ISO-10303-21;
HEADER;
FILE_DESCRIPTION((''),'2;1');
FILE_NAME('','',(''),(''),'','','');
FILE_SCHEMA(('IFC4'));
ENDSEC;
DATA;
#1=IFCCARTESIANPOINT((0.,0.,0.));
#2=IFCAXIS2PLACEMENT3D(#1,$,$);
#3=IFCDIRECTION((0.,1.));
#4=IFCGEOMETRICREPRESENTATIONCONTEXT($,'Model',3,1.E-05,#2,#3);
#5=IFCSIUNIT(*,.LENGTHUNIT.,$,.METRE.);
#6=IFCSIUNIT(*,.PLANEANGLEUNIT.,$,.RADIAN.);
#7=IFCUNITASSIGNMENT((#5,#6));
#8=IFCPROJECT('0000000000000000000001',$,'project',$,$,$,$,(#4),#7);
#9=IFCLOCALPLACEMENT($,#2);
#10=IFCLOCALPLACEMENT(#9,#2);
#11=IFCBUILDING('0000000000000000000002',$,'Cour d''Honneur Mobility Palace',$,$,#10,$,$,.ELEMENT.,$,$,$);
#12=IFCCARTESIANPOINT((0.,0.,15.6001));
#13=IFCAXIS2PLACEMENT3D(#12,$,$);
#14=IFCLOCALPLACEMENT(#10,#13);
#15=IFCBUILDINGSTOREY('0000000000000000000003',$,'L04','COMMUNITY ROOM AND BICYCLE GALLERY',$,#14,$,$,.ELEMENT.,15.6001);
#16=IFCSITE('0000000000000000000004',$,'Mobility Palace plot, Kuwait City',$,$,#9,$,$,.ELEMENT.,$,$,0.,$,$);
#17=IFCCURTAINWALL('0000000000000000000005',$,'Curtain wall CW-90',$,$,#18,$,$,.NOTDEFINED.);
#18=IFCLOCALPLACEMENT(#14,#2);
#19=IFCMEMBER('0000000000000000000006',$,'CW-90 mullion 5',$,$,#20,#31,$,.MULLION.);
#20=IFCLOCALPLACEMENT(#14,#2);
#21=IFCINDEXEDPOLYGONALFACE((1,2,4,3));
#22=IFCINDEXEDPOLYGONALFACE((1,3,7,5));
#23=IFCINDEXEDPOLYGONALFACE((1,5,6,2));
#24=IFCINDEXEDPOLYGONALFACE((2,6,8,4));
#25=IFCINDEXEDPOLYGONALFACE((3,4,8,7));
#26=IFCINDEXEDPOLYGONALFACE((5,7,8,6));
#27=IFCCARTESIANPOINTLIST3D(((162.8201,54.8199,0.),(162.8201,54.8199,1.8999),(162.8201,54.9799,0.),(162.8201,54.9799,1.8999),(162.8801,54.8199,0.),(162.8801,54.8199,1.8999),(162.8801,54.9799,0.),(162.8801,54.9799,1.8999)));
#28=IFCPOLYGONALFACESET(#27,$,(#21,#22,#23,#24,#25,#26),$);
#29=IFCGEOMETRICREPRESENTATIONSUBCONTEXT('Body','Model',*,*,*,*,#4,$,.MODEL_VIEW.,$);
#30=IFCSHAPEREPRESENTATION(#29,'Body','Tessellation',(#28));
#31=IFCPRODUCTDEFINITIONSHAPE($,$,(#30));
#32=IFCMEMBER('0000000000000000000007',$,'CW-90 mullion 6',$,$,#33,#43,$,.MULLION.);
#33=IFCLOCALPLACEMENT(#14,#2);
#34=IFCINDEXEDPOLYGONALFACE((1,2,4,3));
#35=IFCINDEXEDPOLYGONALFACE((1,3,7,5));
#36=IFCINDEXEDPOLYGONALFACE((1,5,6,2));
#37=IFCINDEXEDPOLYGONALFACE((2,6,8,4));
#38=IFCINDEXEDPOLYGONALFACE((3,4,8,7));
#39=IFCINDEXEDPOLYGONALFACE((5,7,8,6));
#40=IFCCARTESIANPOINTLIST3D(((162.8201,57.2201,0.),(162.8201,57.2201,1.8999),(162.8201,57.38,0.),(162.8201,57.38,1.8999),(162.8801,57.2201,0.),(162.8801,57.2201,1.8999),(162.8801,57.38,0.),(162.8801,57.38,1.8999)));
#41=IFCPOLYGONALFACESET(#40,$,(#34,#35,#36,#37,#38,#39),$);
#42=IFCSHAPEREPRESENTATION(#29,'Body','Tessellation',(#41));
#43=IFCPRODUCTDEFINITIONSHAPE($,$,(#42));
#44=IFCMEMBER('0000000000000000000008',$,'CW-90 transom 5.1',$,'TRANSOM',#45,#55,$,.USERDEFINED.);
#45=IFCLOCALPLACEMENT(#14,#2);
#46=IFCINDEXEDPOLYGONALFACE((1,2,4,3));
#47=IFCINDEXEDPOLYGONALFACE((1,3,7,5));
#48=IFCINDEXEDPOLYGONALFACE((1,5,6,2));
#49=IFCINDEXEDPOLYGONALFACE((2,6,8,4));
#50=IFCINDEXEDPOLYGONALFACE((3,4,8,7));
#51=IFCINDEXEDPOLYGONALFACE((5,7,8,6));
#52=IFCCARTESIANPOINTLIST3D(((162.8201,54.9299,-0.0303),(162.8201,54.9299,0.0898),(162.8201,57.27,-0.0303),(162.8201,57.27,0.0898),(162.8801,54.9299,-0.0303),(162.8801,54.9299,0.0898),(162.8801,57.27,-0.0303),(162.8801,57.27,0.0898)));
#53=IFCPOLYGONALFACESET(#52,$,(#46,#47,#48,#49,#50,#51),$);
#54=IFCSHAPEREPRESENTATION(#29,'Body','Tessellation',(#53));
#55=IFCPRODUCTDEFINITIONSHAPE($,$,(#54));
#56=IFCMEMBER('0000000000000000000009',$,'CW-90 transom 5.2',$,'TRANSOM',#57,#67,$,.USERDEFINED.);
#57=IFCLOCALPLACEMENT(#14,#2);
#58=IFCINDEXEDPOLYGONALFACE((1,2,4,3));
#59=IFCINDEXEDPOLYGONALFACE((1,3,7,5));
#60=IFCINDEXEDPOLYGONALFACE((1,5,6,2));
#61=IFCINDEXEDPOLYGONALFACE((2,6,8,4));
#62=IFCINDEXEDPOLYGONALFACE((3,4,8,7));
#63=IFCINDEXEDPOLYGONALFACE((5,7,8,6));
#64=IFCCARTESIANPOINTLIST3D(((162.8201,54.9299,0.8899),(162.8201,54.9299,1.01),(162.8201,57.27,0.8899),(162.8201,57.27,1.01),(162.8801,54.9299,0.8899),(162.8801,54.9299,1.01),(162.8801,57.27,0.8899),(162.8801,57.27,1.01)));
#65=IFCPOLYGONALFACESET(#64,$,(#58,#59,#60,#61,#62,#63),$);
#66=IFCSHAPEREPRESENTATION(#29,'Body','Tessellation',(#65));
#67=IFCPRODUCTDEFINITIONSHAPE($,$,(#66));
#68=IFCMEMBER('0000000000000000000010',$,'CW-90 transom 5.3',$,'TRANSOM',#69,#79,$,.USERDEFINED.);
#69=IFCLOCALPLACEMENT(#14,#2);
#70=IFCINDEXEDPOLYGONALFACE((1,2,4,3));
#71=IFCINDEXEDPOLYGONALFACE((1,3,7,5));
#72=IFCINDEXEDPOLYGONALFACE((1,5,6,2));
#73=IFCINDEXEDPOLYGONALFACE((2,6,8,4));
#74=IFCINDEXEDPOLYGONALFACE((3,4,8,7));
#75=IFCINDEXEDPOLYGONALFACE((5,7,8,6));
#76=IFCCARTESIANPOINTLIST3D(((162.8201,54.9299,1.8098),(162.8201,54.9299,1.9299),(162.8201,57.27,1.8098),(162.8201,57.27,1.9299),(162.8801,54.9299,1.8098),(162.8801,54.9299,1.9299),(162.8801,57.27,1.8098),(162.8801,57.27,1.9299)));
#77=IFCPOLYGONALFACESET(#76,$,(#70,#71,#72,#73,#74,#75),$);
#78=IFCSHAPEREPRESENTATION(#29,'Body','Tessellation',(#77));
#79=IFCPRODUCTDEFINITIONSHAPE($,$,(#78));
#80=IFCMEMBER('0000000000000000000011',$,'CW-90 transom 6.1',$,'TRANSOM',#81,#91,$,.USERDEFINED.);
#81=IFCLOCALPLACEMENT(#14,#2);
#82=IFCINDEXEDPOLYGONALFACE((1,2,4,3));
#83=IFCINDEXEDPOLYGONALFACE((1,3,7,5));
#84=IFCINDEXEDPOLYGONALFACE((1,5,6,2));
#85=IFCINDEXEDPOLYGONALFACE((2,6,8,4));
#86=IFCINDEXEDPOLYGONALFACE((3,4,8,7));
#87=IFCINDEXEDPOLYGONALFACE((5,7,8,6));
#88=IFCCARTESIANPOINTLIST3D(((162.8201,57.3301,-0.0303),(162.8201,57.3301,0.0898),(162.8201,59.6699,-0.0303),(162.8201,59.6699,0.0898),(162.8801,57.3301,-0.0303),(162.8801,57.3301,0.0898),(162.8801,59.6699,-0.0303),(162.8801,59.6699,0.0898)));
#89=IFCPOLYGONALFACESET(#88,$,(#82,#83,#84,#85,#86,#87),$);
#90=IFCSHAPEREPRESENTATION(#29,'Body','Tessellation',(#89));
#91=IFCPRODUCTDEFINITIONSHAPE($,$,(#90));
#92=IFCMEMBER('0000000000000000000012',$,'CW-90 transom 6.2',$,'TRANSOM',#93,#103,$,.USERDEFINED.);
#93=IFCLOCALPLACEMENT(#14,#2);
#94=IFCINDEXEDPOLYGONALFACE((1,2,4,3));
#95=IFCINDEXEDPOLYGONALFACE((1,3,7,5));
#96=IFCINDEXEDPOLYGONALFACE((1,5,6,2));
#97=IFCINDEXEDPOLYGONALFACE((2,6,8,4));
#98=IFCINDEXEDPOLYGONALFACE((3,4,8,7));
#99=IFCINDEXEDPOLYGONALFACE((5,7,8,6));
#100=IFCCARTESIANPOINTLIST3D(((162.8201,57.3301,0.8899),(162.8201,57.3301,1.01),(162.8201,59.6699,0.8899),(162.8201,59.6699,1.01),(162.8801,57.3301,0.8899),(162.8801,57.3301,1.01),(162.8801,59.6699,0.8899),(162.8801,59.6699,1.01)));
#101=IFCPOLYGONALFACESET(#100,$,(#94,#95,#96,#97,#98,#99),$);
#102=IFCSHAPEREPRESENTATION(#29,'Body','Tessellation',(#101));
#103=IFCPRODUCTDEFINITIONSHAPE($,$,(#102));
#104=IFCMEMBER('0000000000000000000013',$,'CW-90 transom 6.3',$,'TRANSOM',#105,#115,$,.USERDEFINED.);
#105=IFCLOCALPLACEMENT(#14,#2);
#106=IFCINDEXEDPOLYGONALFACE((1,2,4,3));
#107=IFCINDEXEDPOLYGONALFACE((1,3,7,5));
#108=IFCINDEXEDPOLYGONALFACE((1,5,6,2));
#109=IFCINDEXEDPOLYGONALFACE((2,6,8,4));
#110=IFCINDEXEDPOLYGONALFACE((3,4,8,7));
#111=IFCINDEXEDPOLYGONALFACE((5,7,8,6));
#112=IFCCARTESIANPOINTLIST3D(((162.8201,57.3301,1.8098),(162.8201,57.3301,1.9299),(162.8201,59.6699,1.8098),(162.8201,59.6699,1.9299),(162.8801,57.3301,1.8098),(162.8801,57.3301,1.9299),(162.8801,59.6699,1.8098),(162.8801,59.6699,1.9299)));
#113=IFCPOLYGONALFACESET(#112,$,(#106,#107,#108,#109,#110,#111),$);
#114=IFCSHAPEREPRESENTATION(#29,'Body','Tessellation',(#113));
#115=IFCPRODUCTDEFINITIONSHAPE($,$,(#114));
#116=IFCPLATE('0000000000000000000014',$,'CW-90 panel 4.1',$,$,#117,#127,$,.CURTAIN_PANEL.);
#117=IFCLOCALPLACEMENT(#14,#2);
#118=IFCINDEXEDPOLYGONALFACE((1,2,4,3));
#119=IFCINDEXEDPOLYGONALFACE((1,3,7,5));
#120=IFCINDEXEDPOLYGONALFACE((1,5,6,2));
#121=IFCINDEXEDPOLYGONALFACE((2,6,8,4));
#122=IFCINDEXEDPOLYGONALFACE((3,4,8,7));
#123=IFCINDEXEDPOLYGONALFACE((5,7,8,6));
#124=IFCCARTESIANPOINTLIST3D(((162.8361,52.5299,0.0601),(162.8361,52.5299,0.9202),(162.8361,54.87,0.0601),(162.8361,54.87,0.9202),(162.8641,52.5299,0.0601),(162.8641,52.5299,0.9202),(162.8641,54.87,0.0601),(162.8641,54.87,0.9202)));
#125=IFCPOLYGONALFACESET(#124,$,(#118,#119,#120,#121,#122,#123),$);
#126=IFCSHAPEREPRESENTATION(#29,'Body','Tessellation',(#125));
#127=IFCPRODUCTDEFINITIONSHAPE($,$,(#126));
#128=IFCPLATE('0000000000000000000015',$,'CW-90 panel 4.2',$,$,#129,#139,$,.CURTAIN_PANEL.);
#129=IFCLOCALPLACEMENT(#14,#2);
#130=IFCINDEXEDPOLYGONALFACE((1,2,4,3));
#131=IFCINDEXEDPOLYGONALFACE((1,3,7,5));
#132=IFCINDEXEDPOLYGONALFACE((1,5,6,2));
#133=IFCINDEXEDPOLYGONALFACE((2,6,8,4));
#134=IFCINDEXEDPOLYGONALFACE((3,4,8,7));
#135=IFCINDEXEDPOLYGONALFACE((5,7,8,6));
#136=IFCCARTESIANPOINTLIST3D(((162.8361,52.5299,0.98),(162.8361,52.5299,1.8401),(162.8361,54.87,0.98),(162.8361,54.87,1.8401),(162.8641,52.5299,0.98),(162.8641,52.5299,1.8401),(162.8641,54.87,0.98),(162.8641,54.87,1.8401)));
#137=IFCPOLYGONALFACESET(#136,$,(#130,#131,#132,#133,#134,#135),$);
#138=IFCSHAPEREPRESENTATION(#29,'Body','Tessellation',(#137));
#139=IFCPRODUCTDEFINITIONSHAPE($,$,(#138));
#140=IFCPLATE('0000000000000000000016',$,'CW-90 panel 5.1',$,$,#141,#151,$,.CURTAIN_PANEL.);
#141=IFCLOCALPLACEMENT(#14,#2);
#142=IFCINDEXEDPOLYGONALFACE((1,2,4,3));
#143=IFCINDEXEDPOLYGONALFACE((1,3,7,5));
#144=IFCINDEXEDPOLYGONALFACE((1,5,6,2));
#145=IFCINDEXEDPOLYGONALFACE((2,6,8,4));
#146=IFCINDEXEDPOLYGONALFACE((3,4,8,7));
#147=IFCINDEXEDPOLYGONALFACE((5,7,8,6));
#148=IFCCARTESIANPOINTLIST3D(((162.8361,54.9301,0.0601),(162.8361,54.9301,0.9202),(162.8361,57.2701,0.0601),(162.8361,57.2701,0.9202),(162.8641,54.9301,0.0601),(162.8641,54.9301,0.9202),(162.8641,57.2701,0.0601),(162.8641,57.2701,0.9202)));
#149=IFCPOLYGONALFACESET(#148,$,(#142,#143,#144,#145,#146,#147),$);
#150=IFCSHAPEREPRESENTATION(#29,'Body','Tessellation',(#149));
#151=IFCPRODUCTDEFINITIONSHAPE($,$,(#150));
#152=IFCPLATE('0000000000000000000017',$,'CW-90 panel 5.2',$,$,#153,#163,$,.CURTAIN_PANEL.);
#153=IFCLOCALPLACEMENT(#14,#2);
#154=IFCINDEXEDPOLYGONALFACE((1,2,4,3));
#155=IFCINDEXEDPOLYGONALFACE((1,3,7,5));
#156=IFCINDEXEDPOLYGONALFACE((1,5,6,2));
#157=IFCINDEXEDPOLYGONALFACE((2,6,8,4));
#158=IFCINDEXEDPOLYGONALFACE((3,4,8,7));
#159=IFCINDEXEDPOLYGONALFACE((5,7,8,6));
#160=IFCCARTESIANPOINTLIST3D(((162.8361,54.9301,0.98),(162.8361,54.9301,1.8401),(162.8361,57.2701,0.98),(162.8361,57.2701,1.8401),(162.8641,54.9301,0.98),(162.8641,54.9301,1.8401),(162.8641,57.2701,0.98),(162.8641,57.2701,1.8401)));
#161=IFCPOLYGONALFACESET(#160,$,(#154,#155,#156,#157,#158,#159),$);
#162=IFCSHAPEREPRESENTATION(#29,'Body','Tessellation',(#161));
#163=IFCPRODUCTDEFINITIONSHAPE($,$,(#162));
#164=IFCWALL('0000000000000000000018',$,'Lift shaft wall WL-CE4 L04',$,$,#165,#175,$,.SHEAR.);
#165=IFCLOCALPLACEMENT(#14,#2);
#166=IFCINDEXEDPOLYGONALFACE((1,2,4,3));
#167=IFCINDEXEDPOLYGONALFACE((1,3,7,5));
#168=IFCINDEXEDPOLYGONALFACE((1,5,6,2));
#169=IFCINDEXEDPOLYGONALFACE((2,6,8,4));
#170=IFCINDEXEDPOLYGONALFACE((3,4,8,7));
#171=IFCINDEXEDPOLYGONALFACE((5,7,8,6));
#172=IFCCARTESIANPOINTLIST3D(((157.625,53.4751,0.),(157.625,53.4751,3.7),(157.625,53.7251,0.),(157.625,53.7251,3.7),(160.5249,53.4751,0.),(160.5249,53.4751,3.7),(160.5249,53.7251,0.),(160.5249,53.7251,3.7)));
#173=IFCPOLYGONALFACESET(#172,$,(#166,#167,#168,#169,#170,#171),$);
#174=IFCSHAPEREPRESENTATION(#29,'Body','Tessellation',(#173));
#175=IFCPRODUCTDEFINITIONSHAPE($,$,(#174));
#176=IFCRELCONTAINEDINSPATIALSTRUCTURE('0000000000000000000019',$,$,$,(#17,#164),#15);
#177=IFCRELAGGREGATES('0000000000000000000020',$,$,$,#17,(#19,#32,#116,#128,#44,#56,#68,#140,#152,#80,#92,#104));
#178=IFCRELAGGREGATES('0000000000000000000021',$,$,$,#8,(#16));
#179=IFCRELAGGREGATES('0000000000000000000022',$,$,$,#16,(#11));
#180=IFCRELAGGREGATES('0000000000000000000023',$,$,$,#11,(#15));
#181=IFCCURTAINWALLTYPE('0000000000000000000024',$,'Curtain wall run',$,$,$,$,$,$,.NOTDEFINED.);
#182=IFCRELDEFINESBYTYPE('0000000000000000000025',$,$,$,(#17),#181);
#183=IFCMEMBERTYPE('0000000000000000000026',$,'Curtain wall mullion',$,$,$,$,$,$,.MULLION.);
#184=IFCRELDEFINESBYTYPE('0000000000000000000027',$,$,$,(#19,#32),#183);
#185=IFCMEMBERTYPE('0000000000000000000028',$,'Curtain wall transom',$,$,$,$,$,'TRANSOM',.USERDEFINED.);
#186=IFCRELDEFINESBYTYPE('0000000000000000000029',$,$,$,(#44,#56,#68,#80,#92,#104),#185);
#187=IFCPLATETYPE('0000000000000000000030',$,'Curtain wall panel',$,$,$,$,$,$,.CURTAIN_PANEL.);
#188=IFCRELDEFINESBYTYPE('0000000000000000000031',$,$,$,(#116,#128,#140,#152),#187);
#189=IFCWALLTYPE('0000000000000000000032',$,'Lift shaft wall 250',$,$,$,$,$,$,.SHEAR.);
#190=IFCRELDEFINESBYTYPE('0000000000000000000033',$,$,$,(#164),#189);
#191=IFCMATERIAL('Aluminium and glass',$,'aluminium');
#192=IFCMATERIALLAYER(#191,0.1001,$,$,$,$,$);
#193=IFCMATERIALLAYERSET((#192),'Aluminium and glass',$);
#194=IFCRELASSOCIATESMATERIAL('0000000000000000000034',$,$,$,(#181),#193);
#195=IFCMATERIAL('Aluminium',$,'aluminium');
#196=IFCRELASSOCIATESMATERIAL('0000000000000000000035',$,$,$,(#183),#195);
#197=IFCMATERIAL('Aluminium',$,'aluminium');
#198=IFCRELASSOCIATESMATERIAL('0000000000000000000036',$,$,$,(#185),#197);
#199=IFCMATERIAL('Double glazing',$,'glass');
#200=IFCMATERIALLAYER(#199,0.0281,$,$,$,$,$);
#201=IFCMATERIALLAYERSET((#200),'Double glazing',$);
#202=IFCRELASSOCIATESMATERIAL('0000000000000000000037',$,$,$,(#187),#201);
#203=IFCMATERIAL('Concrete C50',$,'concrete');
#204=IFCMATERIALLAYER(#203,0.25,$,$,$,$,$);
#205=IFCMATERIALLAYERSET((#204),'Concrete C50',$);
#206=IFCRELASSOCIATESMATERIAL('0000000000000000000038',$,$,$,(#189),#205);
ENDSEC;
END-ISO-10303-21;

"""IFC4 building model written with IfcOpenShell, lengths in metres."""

from ifc_helpers import new_model, si_unit, direction, frame, frame_2d, origin, origin_2d, place, context, subcontext, project, spatial, rectangle, extrude, material, layer, layer_set, material_profile, profile_set, type_object, element, aggregate, save


model = new_model("IFC4")

# Units and contexts
model_context = context("Model", 3, precision=1e-05, world=origin(), true_north=direction((0.0, 1.0)))
body_context = subcontext(model_context, "Body", "Model", "MODEL_VIEW")
ifc_project = project(units=[si_unit("LENGTHUNIT", "METRE"), si_unit("PLANEANGLEUNIT", "RADIAN")], contexts=[model_context])

# Site, building, storey
site_placement = place(None, origin())
site = spatial("IfcSite", under=ifc_project, at=site_placement, Name="Mobility Palace plot, Kuwait City", CompositionType="ELEMENT", RefElevation=0.0)
building_placement = place(site_placement, origin())
building = spatial("IfcBuilding", under=site, at=building_placement, Name="Cour d'Honneur Mobility Palace", CompositionType="ELEMENT")
storey_placement = place(building_placement, frame((0.0, 0.0, 15.6001)))
storey = spatial("IfcBuildingStorey", under=building, at=storey_placement, Name="L04", Description="COMMUNITY ROOM AND BICYCLE GALLERY", CompositionType="ELEMENT", Elevation=15.6001)

# Curtain wall, members, plates
ifc_material_1 = material(Name="Aluminium and glass", Category="aluminium")
ifc_layer_1 = layer(ifc_material_1, 0.1001)
ifc_layer_set_1 = layer_set([ifc_layer_1], Name="Aluminium and glass")
curtain_wall_type = type_object("IfcCurtainWallType", Name="Curtain wall run", PredefinedType="NOTDEFINED", material=ifc_layer_set_1)
curtain_wall_placement = place(storey_placement, origin())
curtain_wall = element("IfcCurtainWall", 1, at=curtain_wall_placement, inside=storey, type_object=curtain_wall_type, Name="Curtain wall CW-90", PredefinedType="NOTDEFINED")
ifc_material_2 = material(Name="Aluminium", Category="aluminium")
ifc_material_profile_1 = material_profile(ifc_material_2, rectangle(XDim=0.0601, YDim=0.1599, at=origin_2d()), Name="Curtain wall mullion")
ifc_profile_set_1 = profile_set([ifc_material_profile_1], Name="Aluminium")
member_type_1 = type_object("IfcMemberType", Name="Curtain wall mullion", PredefinedType="MULLION", material=ifc_profile_set_1)
member_1_placement = place(storey_placement, frame((162.8501, 54.8999, 0.0), z_axis=(0.0, 0.0, 1.0), x_axis=(-1.0, 0.0, 0.0)))
member_1 = element("IfcMember", 2, at=member_1_placement, type_object=member_type_1, Name="CW-90 mullion 5", PredefinedType="MULLION", context=body_context, shape_type="SweptSolid", body=[
    extrude(rectangle(XDim=0.0601, YDim=0.1599, at=origin_2d()), origin(), (0.0, 0.0, 1.0), 1.8999),
])
member_2_placement = place(storey_placement, frame((162.8501, 57.3, 0.0), z_axis=(0.0, 0.0, 1.0), x_axis=(-1.0, 0.0, 0.0)))
member_2 = element("IfcMember", 3, at=member_2_placement, type_object=member_type_1, Name="CW-90 mullion 6", PredefinedType="MULLION", context=body_context, shape_type="SweptSolid", body=[
    extrude(rectangle(XDim=0.0601, YDim=0.1599, at=origin_2d()), origin(), (0.0, 0.0, 1.0), 1.8999),
])
ifc_material_3 = material(Name="Aluminium", Category="aluminium")
ifc_material_profile_2 = material_profile(ifc_material_3, rectangle(XDim=0.0601, YDim=0.1201, at=origin_2d()), Name="Curtain wall transom")
ifc_profile_set_2 = profile_set([ifc_material_profile_2], Name="Aluminium")
member_type_2 = type_object("IfcMemberType", Name="Curtain wall transom", ElementType="TRANSOM", PredefinedType="USERDEFINED", material=ifc_profile_set_2)
member_3_placement = place(storey_placement, frame((162.8501, 54.9299, 0.0298), z_axis=(0.0, 1.0, 0.0), x_axis=(-1.0, 0.0, 0.0)))
member_3 = element("IfcMember", 4, at=member_3_placement, type_object=member_type_2, Name="CW-90 transom 5.1", ObjectType="TRANSOM", PredefinedType="USERDEFINED", context=body_context, shape_type="SweptSolid", body=[
    extrude(rectangle(XDim=0.0601, YDim=0.1201, at=origin_2d()), origin(), (0.0, 0.0, 1.0), 2.3401),
])
member_4_placement = place(storey_placement, frame((162.8501, 54.9299, 0.95), z_axis=(0.0, 1.0, 0.0), x_axis=(-1.0, 0.0, 0.0)))
member_4 = element("IfcMember", 5, at=member_4_placement, type_object=member_type_2, Name="CW-90 transom 5.2", ObjectType="TRANSOM", PredefinedType="USERDEFINED", context=body_context, shape_type="SweptSolid", body=[
    extrude(rectangle(XDim=0.0601, YDim=0.1201, at=origin_2d()), origin(), (0.0, 0.0, 1.0), 2.3401),
])
member_5_placement = place(storey_placement, frame((162.8501, 54.9299, 1.8699), z_axis=(0.0, 1.0, 0.0), x_axis=(-1.0, 0.0, 0.0)))
member_5 = element("IfcMember", 6, at=member_5_placement, type_object=member_type_2, Name="CW-90 transom 5.3", ObjectType="TRANSOM", PredefinedType="USERDEFINED", context=body_context, shape_type="SweptSolid", body=[
    extrude(rectangle(XDim=0.0601, YDim=0.1201, at=origin_2d()), origin(), (0.0, 0.0, 1.0), 2.3401),
])
member_6_placement = place(storey_placement, frame((162.8501, 57.3301, 0.0298), z_axis=(0.0, 1.0, 0.0), x_axis=(-1.0, 0.0, 0.0)))
member_6 = element("IfcMember", 7, at=member_6_placement, type_object=member_type_2, Name="CW-90 transom 6.1", ObjectType="TRANSOM", PredefinedType="USERDEFINED", context=body_context, shape_type="SweptSolid", body=[
    extrude(rectangle(XDim=0.0601, YDim=0.1201, at=origin_2d()), origin(), (0.0, 0.0, 1.0), 2.3398),
])
member_7_placement = place(storey_placement, frame((162.8501, 57.3301, 0.95), z_axis=(0.0, 1.0, 0.0), x_axis=(-1.0, 0.0, 0.0)))
member_7 = element("IfcMember", 8, at=member_7_placement, type_object=member_type_2, Name="CW-90 transom 6.2", ObjectType="TRANSOM", PredefinedType="USERDEFINED", context=body_context, shape_type="SweptSolid", body=[
    extrude(rectangle(XDim=0.0601, YDim=0.1201, at=origin_2d()), origin(), (0.0, 0.0, 1.0), 2.3398),
])
member_8_placement = place(storey_placement, frame((162.8501, 57.3301, 1.8699), z_axis=(0.0, 1.0, 0.0), x_axis=(-1.0, 0.0, 0.0)))
member_8 = element("IfcMember", 9, at=member_8_placement, type_object=member_type_2, Name="CW-90 transom 6.3", ObjectType="TRANSOM", PredefinedType="USERDEFINED", context=body_context, shape_type="SweptSolid", body=[
    extrude(rectangle(XDim=0.0601, YDim=0.1201, at=origin_2d()), origin(), (0.0, 0.0, 1.0), 2.3398),
])
ifc_material_4 = material(Name="Double glazing", Category="glass")
ifc_layer_2 = layer(ifc_material_4, 0.0281)
ifc_layer_set_2 = layer_set([ifc_layer_2], Name="Double glazing")
plate_type = type_object("IfcPlateType", Name="Curtain wall panel", PredefinedType="CURTAIN_PANEL", material=ifc_layer_set_2)
plate_1_placement = place(storey_placement, frame((162.8501, 53.7, 0.0601), z_axis=(0.0, 0.0, 1.0), x_axis=(0.0, 1.0, 0.0)))
plate_1 = element("IfcPlate", 10, at=plate_1_placement, type_object=plate_type, Name="CW-90 panel 4.1", PredefinedType="CURTAIN_PANEL", context=body_context, shape_type="SweptSolid", body=[
    extrude(rectangle(XDim=2.3401, YDim=0.0281, at=origin_2d()), origin(), (0.0, 0.0, 1.0), 0.8601),
])
plate_2_placement = place(storey_placement, frame((162.8501, 53.7, 0.98), z_axis=(0.0, 0.0, 1.0), x_axis=(0.0, 1.0, 0.0)))
plate_2 = element("IfcPlate", 11, at=plate_2_placement, type_object=plate_type, Name="CW-90 panel 4.2", PredefinedType="CURTAIN_PANEL", context=body_context, shape_type="SweptSolid", body=[
    extrude(rectangle(XDim=2.3401, YDim=0.0281, at=origin_2d()), origin(), (0.0, 0.0, 1.0), 0.8601),
])
plate_3_placement = place(storey_placement, frame((162.8501, 56.1001, 0.0601), z_axis=(0.0, 0.0, 1.0), x_axis=(0.0, 1.0, 0.0)))
plate_3 = element("IfcPlate", 12, at=plate_3_placement, type_object=plate_type, Name="CW-90 panel 5.1", PredefinedType="CURTAIN_PANEL", context=body_context, shape_type="SweptSolid", body=[
    extrude(rectangle(XDim=2.3401, YDim=0.0281, at=origin_2d()), origin(), (0.0, 0.0, 1.0), 0.8601),
])
plate_4_placement = place(storey_placement, frame((162.8501, 56.1001, 0.98), z_axis=(0.0, 0.0, 1.0), x_axis=(0.0, 1.0, 0.0)))
plate_4 = element("IfcPlate", 13, at=plate_4_placement, type_object=plate_type, Name="CW-90 panel 5.2", PredefinedType="CURTAIN_PANEL", context=body_context, shape_type="SweptSolid", body=[
    extrude(rectangle(XDim=2.3401, YDim=0.0281, at=origin_2d()), origin(), (0.0, 0.0, 1.0), 0.8601),
])
aggregate(curtain_wall, [member_1, member_2, plate_1, plate_2, member_3, member_4, member_5, plate_3, plate_4, member_6, member_7, member_8])

# Wall
ifc_material_5 = material(Name="Concrete C50", Category="concrete")
ifc_layer_3 = layer(ifc_material_5, 0.25)
ifc_layer_set_3 = layer_set([ifc_layer_3], Name="Concrete C50")
wall_type_1 = type_object("IfcWallType", Name="Lift shaft wall 250", PredefinedType="SHEAR", material=ifc_layer_set_3)
wall_1_placement = place(storey_placement, frame((157.625, 53.6001, 0.0), z_axis=(0.0, 0.0, 1.0), x_axis=(1.0, 0.0, 0.0)))
element("IfcWall", 14, at=wall_1_placement, inside=storey, type_object=wall_type_1, Name="Lift shaft wall WL-CE4 L04", PredefinedType="SHEAR", context=body_context, shape_type="SweptSolid", body=[
    extrude(rectangle(XDim=2.8999, YDim=0.25, at=frame_2d((1.45, 0.0))), origin(), (0.0, 0.0, 1.0), 3.7),
])

save(model, "model.ifc")
